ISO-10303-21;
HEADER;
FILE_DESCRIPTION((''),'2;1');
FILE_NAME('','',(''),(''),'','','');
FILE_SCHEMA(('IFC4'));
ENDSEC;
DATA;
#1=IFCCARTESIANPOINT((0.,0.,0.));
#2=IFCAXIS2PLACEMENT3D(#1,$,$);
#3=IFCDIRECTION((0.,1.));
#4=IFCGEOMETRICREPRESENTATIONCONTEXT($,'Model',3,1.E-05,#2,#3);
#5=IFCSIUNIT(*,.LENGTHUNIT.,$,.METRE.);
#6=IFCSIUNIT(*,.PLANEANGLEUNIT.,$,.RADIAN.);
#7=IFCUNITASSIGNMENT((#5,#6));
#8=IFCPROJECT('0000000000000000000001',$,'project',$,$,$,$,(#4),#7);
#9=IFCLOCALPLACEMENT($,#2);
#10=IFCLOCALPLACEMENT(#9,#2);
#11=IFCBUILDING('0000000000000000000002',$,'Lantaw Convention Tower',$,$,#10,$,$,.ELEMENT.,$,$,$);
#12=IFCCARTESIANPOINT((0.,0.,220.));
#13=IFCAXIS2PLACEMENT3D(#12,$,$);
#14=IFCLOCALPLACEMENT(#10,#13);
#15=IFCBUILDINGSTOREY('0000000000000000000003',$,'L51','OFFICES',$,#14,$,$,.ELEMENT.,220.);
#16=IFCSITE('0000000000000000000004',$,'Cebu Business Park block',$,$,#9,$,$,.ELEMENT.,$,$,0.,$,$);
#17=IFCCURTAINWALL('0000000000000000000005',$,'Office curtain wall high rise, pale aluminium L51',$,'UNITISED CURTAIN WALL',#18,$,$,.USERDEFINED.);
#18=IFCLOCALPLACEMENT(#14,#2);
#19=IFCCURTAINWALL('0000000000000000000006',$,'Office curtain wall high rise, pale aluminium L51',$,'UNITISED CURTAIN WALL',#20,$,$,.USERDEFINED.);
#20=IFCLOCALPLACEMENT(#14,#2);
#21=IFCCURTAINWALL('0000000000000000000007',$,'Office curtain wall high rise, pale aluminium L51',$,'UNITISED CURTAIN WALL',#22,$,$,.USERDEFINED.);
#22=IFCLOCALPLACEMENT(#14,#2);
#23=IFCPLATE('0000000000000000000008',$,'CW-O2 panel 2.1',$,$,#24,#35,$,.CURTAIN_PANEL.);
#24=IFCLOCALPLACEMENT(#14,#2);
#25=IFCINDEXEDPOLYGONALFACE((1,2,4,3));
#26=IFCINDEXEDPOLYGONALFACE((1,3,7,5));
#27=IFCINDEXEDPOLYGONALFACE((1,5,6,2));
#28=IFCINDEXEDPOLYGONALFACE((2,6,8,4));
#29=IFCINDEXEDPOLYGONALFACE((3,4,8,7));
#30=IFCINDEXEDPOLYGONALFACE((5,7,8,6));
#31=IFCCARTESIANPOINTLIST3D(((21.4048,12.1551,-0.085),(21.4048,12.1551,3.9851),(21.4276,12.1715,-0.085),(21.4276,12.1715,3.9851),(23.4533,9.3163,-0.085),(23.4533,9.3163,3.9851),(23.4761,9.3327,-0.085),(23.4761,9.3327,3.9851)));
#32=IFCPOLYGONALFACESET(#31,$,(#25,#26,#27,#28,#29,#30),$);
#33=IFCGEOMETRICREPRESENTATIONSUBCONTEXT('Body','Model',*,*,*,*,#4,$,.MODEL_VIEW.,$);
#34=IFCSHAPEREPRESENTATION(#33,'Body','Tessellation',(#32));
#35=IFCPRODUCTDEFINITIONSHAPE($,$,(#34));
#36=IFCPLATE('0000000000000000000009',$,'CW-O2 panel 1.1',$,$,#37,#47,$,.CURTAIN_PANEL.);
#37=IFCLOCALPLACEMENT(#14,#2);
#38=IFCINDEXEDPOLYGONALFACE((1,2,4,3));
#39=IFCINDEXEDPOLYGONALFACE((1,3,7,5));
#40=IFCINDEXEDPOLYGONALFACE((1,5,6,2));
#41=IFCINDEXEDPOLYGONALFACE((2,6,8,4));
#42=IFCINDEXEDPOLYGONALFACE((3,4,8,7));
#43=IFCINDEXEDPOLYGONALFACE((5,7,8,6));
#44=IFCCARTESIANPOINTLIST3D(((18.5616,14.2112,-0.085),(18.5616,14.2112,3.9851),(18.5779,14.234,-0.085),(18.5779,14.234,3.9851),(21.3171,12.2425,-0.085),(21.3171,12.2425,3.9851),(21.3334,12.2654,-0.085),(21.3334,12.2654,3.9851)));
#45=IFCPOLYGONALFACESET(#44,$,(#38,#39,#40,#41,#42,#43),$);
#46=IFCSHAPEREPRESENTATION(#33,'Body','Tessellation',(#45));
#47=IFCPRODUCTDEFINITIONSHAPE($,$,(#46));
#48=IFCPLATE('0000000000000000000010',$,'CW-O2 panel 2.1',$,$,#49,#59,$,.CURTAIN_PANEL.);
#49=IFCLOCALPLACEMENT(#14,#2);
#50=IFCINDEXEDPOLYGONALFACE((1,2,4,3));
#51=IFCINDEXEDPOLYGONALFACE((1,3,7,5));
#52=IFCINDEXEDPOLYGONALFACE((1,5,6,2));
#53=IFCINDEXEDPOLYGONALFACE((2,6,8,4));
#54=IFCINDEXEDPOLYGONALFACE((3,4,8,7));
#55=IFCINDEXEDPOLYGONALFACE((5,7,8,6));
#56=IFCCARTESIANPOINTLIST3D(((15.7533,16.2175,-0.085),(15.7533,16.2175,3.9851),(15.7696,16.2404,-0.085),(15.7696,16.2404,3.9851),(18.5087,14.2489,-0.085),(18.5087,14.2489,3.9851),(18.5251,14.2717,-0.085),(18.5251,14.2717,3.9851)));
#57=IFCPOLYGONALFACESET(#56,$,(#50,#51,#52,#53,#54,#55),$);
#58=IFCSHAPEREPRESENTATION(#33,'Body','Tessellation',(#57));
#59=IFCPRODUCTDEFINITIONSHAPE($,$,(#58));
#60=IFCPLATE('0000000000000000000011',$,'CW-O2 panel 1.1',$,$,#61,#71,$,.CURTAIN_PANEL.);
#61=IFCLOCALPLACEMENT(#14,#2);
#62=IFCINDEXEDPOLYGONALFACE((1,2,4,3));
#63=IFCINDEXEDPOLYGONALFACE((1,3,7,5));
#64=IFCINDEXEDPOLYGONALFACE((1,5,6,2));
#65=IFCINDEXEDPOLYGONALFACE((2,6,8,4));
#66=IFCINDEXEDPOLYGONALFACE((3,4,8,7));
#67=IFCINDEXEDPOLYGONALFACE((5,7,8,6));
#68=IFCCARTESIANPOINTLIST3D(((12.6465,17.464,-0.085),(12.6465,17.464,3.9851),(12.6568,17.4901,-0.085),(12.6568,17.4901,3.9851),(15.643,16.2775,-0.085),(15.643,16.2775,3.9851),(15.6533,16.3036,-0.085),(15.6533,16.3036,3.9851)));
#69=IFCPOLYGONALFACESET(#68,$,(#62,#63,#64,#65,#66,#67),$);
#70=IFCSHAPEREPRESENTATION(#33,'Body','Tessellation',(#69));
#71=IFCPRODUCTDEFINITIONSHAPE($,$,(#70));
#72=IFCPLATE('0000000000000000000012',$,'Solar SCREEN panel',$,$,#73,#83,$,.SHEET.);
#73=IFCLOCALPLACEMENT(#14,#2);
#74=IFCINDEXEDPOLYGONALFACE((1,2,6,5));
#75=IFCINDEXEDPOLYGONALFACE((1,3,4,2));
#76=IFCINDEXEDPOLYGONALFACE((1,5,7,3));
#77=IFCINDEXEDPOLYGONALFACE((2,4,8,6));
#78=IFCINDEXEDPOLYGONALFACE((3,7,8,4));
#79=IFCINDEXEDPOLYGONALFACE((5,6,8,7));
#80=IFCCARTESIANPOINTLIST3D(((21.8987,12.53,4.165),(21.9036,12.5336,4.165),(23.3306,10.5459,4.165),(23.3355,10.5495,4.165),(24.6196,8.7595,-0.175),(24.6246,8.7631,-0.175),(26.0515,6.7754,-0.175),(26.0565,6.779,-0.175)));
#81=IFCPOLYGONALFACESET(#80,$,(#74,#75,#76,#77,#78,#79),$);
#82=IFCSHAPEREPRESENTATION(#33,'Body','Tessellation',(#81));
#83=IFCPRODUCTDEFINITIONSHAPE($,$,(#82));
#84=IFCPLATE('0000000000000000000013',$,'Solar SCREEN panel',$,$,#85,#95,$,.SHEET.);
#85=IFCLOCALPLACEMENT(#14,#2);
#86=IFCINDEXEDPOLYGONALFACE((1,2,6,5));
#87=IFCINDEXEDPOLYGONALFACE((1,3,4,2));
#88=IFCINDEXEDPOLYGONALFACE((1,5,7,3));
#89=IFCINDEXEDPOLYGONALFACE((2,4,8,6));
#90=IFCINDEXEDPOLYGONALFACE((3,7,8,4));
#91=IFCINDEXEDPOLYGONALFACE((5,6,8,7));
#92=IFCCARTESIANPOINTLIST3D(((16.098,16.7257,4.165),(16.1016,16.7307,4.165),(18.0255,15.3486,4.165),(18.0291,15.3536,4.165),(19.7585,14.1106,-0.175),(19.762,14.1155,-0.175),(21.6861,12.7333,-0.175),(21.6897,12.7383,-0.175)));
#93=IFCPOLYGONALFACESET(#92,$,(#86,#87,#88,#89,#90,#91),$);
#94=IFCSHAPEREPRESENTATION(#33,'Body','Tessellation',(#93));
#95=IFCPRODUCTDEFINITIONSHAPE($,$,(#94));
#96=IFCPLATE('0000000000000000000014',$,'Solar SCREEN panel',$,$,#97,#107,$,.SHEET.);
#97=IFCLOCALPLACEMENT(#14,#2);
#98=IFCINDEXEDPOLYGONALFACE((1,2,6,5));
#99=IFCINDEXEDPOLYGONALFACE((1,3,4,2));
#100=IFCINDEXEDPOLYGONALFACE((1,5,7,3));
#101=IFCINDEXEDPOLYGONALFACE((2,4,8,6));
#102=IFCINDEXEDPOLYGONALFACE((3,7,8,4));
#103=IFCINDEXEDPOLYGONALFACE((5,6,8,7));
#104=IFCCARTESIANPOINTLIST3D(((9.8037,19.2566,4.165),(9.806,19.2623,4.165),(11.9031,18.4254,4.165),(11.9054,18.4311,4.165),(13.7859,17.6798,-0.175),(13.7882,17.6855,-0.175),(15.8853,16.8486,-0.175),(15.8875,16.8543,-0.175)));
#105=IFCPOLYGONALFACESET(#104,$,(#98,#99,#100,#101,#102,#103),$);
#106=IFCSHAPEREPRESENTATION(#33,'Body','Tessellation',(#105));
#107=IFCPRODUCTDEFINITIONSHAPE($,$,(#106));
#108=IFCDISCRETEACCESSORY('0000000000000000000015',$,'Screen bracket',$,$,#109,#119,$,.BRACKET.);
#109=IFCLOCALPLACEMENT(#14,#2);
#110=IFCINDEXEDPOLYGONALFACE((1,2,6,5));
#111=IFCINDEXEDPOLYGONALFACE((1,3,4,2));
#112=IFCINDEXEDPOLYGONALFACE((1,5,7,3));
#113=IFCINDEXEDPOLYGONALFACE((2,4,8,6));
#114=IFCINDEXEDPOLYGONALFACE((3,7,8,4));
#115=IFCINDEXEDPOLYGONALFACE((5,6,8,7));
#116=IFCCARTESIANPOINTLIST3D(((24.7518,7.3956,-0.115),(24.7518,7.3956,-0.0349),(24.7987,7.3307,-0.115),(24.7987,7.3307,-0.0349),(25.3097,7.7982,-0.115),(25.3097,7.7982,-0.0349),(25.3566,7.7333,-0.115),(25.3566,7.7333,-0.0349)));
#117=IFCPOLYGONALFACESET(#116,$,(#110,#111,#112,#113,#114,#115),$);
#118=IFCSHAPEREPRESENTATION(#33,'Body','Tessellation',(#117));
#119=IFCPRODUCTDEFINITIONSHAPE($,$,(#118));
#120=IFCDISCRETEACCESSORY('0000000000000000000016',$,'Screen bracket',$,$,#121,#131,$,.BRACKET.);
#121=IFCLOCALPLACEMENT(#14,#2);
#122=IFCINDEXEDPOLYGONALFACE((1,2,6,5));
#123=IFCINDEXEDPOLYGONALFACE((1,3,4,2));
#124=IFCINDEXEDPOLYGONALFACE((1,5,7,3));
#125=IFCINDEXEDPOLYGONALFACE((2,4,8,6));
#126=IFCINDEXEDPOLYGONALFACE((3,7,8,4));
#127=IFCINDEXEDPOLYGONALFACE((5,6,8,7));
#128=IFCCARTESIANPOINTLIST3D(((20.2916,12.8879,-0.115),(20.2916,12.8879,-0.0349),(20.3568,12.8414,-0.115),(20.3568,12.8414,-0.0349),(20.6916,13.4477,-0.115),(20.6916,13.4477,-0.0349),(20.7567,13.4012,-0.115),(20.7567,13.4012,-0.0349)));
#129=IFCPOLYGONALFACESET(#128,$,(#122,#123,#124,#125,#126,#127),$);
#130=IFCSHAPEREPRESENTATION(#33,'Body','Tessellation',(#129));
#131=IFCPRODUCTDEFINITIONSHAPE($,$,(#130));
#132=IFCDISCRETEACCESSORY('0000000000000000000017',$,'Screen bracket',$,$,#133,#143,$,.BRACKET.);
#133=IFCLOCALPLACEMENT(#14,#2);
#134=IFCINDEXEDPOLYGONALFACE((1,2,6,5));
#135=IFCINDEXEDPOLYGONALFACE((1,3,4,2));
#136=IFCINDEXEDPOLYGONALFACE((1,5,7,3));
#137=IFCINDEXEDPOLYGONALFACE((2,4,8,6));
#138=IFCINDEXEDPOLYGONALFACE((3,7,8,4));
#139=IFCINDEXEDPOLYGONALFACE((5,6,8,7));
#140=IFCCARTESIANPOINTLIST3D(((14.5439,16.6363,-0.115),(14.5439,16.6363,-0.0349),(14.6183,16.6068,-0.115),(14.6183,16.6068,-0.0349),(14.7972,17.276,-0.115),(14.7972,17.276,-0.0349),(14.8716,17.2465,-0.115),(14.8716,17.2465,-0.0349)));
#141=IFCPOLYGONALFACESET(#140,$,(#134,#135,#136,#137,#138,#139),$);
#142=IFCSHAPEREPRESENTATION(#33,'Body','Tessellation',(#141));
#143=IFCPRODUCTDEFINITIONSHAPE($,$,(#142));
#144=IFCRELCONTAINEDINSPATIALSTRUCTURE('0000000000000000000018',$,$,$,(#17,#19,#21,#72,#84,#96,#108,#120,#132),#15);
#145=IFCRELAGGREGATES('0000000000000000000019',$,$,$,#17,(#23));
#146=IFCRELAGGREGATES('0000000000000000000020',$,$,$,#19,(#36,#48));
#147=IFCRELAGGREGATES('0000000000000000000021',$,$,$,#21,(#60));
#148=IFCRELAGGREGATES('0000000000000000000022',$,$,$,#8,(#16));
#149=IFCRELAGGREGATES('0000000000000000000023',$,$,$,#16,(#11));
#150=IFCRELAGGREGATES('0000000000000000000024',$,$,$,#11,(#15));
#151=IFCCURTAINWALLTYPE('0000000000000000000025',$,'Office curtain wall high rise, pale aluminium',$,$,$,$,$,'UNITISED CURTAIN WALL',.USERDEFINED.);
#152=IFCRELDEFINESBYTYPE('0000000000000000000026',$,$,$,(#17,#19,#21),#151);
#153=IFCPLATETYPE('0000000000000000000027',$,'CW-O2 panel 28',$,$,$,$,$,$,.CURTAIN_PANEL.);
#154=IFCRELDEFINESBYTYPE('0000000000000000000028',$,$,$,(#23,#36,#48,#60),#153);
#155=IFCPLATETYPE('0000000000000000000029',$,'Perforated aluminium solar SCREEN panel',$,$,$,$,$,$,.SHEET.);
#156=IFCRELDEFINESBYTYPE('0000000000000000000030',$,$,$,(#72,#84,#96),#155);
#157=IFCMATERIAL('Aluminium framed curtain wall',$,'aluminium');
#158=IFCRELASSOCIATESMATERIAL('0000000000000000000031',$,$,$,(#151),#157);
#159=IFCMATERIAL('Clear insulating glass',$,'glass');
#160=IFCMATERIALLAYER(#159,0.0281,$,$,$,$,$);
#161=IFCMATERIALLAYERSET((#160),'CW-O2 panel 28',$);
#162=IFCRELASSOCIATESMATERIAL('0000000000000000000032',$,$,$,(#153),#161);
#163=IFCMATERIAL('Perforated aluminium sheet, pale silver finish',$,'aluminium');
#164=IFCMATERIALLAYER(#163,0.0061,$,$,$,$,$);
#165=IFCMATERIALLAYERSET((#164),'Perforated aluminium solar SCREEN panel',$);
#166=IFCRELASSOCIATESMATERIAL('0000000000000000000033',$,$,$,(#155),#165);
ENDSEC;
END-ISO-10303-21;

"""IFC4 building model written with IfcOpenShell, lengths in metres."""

from ifc_helpers import new_model, si_unit, direction, frame, origin, origin_2d, place, context, subcontext, project, spatial, polyline, rectangle, outline, extrude, material, layer, layer_set, type_object, element, aggregate, save


model = new_model("IFC4")

# Units and contexts
model_context = context("Model", 3, precision=1e-05, world=origin(), true_north=direction((0.0, 1.0)))
body_context = subcontext(model_context, "Body", "Model", "MODEL_VIEW")
ifc_project = project(units=[si_unit("LENGTHUNIT", "METRE"), si_unit("PLANEANGLEUNIT", "RADIAN")], contexts=[model_context])

# Site, building, storey
site_placement = place(None, origin())
site = spatial("IfcSite", under=ifc_project, at=site_placement, Name="Cebu Business Park block", CompositionType="ELEMENT", RefElevation=0.0)
building_placement = place(site_placement, origin())
building = spatial("IfcBuilding", under=site, at=building_placement, Name="Lantaw Convention Tower", CompositionType="ELEMENT")
storey_placement = place(building_placement, frame((0.0, 0.0, 220.0)))
storey = spatial("IfcBuildingStorey", under=building, at=storey_placement, Name="L51", Description="OFFICES", CompositionType="ELEMENT", Elevation=220.0)

# Curtain walls
ifc_material_1 = material(Name="Aluminium framed curtain wall", Category="aluminium")
curtain_wall_type = type_object("IfcCurtainWallType", Name="Office curtain wall high rise, pale aluminium", ElementType="UNITISED CURTAIN WALL", PredefinedType="USERDEFINED", material=ifc_material_1)
curtain_wall_1_placement = place(storey_placement, origin())
curtain_wall_1 = element("IfcCurtainWall", 1, at=curtain_wall_1_placement, inside=storey, type_object=curtain_wall_type, Name="Office curtain wall high rise, pale aluminium L51", ObjectType="UNITISED CURTAIN WALL", PredefinedType="USERDEFINED")
curtain_wall_2_placement = place(storey_placement, origin())
curtain_wall_2 = element("IfcCurtainWall", 2, at=curtain_wall_2_placement, inside=storey, type_object=curtain_wall_type, Name="Office curtain wall high rise, pale aluminium L51", ObjectType="UNITISED CURTAIN WALL", PredefinedType="USERDEFINED")

# Curtain wall
curtain_wall_3_placement = place(storey_placement, origin())
curtain_wall_3 = element("IfcCurtainWall", 3, at=curtain_wall_3_placement, inside=storey, type_object=curtain_wall_type, Name="Office curtain wall high rise, pale aluminium L51", ObjectType="UNITISED CURTAIN WALL", PredefinedType="USERDEFINED")

# Plates
ifc_material_2 = material(Name="Clear insulating glass", Category="glass")
ifc_layer_1 = layer(ifc_material_2, 0.0281)
ifc_layer_set_1 = layer_set([ifc_layer_1], Name="CW-O2 panel 28")
plate_type_1 = type_object("IfcPlateType", Name="CW-O2 panel 28", PredefinedType="CURTAIN_PANEL", material=ifc_layer_set_1)
plate_1_placement = place(storey_placement, frame((22.4404, 10.7439, -0.085), z_axis=(0.0, 0.0, 1.0), x_axis=(-0.585158, 0.81092, 0.0)))
plate_1 = element("IfcPlate", 4, at=plate_1_placement, type_object=plate_type_1, Name="CW-O2 panel 2.1", PredefinedType="CURTAIN_PANEL", context=body_context, shape_type="SweptSolid", body=[
    extrude(rectangle(XDim=3.5007, YDim=0.0281, at=origin_2d()), origin(), (0.0, 0.0, 1.0), 4.0701),
])
aggregate(curtain_wall_1, [plate_1])
plate_2_placement = place(storey_placement, frame((19.9475, 13.2383, -0.085), z_axis=(0.0, 0.0, 1.0), x_axis=(-0.813673, 0.581323, 0.0)))
plate_2 = element("IfcPlate", 5, at=plate_2_placement, type_object=plate_type_1, Name="CW-O2 panel 1.1", PredefinedType="CURTAIN_PANEL", context=body_context, shape_type="SweptSolid", body=[
    extrude(rectangle(XDim=3.3865, YDim=0.0281, at=origin_2d()), origin(), (0.0, 0.0, 1.0), 4.0701),
])
plate_3_placement = place(storey_placement, frame((17.1392, 15.2446, -0.085), z_axis=(0.0, 0.0, 1.0), x_axis=(-0.813673, 0.581323, 0.0)))
plate_3 = element("IfcPlate", 6, at=plate_3_placement, type_object=plate_type_1, Name="CW-O2 panel 2.1", PredefinedType="CURTAIN_PANEL", context=body_context, shape_type="SweptSolid", body=[
    extrude(rectangle(XDim=3.3865, YDim=0.0281, at=origin_2d()), origin(), (0.0, 0.0, 1.0), 4.0701),
])
aggregate(curtain_wall_2, [plate_2, plate_3])
plate_4_placement = place(storey_placement, frame((14.1499, 16.8838, -0.085), z_axis=(0.0, 0.0, 1.0), x_axis=(-0.929762, 0.368162, 0.0)))
plate_4 = element("IfcPlate", 7, at=plate_4_placement, type_object=plate_type_1, Name="CW-O2 panel 1.1", PredefinedType="CURTAIN_PANEL", context=body_context, shape_type="SweptSolid", body=[
    extrude(rectangle(XDim=3.2229, YDim=0.0281, at=origin_2d()), origin(), (0.0, 0.0, 1.0), 4.0701),
])
aggregate(curtain_wall_3, [plate_4])

# Plates
ifc_material_3 = material(Name="Perforated aluminium sheet, pale silver finish", Category="aluminium")
ifc_layer_2 = layer(ifc_material_3, 0.0061)
ifc_layer_set_2 = layer_set([ifc_layer_2], Name="Perforated aluminium solar SCREEN panel")
plate_type_2 = type_object("IfcPlateType", Name="Perforated aluminium solar SCREEN panel", PredefinedType="SHEET", material=ifc_layer_set_2)
plate_5_placement = place(storey_placement, frame((26.0515, 6.7754, -0.175), z_axis=(-0.810892, -0.585195, 0.00002), x_axis=(-0.585195, 0.810892, 0.0)))
element("IfcPlate", 8, at=plate_5_placement, inside=storey, type_object=plate_type_2, Name="Solar SCREEN panel", PredefinedType="SHEET", context=body_context, shape_type="SweptSolid", body=[
    extrude(outline(polyline([(0.0, 0.0), (2.4468, 0.0), (7.0966, -4.3401), (4.6498, -4.3401), (0.0, 0.0)])), origin(), (0.0, 0.0, -1.0), 0.0061),
])
plate_6_placement = place(storey_placement, frame((21.6897, 12.7383, -0.175), z_axis=(0.581331, 0.813667, 0.00001), x_axis=(-0.813667, 0.581331, 0.0)))
element("IfcPlate", 9, at=plate_6_placement, inside=storey, type_object=plate_type_2, Name="Solar SCREEN panel", PredefinedType="SHEET", context=body_context, shape_type="SweptSolid", body=[
    extrude(outline(polyline([(0.0, 0.0), (2.3691, 0.0), (6.8678, 4.3401), (4.4989, 4.3401), (0.0, 0.0)])), origin(), (0.0, 0.0, -1.0), 0.0061),
])
plate_7_placement = place(storey_placement, frame((15.8853, 16.8486, -0.175), z_axis=(-0.368117, -0.92978, 0.000036), x_axis=(-0.92978, 0.368117, 0.0)))
element("IfcPlate", 10, at=plate_7_placement, inside=storey, type_object=plate_type_2, Name="Solar SCREEN panel", PredefinedType="SHEET", context=body_context, shape_type="SweptSolid", body=[
    extrude(outline(polyline([(0.0, 0.0), (2.2579, 0.0), (6.5409, -4.3401), (4.2829, -4.3401), (0.0, 0.0)])), origin(), (0.0, 0.0, -1.0), 0.0061),
])

# Discrete accessories
for number, where, z_axis, x_axis, name in (
    (11, (25.0542, 7.5645, -0.115), (0.0, 0.0, 1.0), (-0.585158, 0.81092, 0.0), "Screen bracket"),
    (12, (20.5242, 13.1445, -0.115), (0.0, 0.0, 1.0), (-0.813673, 0.581323, 0.0), "Screen bracket"),
    (13, (14.7078, 16.9414, -0.115), (0.0, 0.0, 1.0), (-0.929762, 0.368162, 0.0), "Screen bracket"),
):
    element("IfcDiscreteAccessory", number, at=place(storey_placement, frame(where, z_axis=z_axis, x_axis=x_axis)), inside=storey, Name=name, PredefinedType="BRACKET", context=body_context, shape_type="SweptSolid", body=[
        extrude(rectangle(XDim=0.0801, YDim=0.688, at=origin_2d()), origin(), (0.0, 0.0, 1.0), 0.0801),
    ])

save(model, "model.ifc")
